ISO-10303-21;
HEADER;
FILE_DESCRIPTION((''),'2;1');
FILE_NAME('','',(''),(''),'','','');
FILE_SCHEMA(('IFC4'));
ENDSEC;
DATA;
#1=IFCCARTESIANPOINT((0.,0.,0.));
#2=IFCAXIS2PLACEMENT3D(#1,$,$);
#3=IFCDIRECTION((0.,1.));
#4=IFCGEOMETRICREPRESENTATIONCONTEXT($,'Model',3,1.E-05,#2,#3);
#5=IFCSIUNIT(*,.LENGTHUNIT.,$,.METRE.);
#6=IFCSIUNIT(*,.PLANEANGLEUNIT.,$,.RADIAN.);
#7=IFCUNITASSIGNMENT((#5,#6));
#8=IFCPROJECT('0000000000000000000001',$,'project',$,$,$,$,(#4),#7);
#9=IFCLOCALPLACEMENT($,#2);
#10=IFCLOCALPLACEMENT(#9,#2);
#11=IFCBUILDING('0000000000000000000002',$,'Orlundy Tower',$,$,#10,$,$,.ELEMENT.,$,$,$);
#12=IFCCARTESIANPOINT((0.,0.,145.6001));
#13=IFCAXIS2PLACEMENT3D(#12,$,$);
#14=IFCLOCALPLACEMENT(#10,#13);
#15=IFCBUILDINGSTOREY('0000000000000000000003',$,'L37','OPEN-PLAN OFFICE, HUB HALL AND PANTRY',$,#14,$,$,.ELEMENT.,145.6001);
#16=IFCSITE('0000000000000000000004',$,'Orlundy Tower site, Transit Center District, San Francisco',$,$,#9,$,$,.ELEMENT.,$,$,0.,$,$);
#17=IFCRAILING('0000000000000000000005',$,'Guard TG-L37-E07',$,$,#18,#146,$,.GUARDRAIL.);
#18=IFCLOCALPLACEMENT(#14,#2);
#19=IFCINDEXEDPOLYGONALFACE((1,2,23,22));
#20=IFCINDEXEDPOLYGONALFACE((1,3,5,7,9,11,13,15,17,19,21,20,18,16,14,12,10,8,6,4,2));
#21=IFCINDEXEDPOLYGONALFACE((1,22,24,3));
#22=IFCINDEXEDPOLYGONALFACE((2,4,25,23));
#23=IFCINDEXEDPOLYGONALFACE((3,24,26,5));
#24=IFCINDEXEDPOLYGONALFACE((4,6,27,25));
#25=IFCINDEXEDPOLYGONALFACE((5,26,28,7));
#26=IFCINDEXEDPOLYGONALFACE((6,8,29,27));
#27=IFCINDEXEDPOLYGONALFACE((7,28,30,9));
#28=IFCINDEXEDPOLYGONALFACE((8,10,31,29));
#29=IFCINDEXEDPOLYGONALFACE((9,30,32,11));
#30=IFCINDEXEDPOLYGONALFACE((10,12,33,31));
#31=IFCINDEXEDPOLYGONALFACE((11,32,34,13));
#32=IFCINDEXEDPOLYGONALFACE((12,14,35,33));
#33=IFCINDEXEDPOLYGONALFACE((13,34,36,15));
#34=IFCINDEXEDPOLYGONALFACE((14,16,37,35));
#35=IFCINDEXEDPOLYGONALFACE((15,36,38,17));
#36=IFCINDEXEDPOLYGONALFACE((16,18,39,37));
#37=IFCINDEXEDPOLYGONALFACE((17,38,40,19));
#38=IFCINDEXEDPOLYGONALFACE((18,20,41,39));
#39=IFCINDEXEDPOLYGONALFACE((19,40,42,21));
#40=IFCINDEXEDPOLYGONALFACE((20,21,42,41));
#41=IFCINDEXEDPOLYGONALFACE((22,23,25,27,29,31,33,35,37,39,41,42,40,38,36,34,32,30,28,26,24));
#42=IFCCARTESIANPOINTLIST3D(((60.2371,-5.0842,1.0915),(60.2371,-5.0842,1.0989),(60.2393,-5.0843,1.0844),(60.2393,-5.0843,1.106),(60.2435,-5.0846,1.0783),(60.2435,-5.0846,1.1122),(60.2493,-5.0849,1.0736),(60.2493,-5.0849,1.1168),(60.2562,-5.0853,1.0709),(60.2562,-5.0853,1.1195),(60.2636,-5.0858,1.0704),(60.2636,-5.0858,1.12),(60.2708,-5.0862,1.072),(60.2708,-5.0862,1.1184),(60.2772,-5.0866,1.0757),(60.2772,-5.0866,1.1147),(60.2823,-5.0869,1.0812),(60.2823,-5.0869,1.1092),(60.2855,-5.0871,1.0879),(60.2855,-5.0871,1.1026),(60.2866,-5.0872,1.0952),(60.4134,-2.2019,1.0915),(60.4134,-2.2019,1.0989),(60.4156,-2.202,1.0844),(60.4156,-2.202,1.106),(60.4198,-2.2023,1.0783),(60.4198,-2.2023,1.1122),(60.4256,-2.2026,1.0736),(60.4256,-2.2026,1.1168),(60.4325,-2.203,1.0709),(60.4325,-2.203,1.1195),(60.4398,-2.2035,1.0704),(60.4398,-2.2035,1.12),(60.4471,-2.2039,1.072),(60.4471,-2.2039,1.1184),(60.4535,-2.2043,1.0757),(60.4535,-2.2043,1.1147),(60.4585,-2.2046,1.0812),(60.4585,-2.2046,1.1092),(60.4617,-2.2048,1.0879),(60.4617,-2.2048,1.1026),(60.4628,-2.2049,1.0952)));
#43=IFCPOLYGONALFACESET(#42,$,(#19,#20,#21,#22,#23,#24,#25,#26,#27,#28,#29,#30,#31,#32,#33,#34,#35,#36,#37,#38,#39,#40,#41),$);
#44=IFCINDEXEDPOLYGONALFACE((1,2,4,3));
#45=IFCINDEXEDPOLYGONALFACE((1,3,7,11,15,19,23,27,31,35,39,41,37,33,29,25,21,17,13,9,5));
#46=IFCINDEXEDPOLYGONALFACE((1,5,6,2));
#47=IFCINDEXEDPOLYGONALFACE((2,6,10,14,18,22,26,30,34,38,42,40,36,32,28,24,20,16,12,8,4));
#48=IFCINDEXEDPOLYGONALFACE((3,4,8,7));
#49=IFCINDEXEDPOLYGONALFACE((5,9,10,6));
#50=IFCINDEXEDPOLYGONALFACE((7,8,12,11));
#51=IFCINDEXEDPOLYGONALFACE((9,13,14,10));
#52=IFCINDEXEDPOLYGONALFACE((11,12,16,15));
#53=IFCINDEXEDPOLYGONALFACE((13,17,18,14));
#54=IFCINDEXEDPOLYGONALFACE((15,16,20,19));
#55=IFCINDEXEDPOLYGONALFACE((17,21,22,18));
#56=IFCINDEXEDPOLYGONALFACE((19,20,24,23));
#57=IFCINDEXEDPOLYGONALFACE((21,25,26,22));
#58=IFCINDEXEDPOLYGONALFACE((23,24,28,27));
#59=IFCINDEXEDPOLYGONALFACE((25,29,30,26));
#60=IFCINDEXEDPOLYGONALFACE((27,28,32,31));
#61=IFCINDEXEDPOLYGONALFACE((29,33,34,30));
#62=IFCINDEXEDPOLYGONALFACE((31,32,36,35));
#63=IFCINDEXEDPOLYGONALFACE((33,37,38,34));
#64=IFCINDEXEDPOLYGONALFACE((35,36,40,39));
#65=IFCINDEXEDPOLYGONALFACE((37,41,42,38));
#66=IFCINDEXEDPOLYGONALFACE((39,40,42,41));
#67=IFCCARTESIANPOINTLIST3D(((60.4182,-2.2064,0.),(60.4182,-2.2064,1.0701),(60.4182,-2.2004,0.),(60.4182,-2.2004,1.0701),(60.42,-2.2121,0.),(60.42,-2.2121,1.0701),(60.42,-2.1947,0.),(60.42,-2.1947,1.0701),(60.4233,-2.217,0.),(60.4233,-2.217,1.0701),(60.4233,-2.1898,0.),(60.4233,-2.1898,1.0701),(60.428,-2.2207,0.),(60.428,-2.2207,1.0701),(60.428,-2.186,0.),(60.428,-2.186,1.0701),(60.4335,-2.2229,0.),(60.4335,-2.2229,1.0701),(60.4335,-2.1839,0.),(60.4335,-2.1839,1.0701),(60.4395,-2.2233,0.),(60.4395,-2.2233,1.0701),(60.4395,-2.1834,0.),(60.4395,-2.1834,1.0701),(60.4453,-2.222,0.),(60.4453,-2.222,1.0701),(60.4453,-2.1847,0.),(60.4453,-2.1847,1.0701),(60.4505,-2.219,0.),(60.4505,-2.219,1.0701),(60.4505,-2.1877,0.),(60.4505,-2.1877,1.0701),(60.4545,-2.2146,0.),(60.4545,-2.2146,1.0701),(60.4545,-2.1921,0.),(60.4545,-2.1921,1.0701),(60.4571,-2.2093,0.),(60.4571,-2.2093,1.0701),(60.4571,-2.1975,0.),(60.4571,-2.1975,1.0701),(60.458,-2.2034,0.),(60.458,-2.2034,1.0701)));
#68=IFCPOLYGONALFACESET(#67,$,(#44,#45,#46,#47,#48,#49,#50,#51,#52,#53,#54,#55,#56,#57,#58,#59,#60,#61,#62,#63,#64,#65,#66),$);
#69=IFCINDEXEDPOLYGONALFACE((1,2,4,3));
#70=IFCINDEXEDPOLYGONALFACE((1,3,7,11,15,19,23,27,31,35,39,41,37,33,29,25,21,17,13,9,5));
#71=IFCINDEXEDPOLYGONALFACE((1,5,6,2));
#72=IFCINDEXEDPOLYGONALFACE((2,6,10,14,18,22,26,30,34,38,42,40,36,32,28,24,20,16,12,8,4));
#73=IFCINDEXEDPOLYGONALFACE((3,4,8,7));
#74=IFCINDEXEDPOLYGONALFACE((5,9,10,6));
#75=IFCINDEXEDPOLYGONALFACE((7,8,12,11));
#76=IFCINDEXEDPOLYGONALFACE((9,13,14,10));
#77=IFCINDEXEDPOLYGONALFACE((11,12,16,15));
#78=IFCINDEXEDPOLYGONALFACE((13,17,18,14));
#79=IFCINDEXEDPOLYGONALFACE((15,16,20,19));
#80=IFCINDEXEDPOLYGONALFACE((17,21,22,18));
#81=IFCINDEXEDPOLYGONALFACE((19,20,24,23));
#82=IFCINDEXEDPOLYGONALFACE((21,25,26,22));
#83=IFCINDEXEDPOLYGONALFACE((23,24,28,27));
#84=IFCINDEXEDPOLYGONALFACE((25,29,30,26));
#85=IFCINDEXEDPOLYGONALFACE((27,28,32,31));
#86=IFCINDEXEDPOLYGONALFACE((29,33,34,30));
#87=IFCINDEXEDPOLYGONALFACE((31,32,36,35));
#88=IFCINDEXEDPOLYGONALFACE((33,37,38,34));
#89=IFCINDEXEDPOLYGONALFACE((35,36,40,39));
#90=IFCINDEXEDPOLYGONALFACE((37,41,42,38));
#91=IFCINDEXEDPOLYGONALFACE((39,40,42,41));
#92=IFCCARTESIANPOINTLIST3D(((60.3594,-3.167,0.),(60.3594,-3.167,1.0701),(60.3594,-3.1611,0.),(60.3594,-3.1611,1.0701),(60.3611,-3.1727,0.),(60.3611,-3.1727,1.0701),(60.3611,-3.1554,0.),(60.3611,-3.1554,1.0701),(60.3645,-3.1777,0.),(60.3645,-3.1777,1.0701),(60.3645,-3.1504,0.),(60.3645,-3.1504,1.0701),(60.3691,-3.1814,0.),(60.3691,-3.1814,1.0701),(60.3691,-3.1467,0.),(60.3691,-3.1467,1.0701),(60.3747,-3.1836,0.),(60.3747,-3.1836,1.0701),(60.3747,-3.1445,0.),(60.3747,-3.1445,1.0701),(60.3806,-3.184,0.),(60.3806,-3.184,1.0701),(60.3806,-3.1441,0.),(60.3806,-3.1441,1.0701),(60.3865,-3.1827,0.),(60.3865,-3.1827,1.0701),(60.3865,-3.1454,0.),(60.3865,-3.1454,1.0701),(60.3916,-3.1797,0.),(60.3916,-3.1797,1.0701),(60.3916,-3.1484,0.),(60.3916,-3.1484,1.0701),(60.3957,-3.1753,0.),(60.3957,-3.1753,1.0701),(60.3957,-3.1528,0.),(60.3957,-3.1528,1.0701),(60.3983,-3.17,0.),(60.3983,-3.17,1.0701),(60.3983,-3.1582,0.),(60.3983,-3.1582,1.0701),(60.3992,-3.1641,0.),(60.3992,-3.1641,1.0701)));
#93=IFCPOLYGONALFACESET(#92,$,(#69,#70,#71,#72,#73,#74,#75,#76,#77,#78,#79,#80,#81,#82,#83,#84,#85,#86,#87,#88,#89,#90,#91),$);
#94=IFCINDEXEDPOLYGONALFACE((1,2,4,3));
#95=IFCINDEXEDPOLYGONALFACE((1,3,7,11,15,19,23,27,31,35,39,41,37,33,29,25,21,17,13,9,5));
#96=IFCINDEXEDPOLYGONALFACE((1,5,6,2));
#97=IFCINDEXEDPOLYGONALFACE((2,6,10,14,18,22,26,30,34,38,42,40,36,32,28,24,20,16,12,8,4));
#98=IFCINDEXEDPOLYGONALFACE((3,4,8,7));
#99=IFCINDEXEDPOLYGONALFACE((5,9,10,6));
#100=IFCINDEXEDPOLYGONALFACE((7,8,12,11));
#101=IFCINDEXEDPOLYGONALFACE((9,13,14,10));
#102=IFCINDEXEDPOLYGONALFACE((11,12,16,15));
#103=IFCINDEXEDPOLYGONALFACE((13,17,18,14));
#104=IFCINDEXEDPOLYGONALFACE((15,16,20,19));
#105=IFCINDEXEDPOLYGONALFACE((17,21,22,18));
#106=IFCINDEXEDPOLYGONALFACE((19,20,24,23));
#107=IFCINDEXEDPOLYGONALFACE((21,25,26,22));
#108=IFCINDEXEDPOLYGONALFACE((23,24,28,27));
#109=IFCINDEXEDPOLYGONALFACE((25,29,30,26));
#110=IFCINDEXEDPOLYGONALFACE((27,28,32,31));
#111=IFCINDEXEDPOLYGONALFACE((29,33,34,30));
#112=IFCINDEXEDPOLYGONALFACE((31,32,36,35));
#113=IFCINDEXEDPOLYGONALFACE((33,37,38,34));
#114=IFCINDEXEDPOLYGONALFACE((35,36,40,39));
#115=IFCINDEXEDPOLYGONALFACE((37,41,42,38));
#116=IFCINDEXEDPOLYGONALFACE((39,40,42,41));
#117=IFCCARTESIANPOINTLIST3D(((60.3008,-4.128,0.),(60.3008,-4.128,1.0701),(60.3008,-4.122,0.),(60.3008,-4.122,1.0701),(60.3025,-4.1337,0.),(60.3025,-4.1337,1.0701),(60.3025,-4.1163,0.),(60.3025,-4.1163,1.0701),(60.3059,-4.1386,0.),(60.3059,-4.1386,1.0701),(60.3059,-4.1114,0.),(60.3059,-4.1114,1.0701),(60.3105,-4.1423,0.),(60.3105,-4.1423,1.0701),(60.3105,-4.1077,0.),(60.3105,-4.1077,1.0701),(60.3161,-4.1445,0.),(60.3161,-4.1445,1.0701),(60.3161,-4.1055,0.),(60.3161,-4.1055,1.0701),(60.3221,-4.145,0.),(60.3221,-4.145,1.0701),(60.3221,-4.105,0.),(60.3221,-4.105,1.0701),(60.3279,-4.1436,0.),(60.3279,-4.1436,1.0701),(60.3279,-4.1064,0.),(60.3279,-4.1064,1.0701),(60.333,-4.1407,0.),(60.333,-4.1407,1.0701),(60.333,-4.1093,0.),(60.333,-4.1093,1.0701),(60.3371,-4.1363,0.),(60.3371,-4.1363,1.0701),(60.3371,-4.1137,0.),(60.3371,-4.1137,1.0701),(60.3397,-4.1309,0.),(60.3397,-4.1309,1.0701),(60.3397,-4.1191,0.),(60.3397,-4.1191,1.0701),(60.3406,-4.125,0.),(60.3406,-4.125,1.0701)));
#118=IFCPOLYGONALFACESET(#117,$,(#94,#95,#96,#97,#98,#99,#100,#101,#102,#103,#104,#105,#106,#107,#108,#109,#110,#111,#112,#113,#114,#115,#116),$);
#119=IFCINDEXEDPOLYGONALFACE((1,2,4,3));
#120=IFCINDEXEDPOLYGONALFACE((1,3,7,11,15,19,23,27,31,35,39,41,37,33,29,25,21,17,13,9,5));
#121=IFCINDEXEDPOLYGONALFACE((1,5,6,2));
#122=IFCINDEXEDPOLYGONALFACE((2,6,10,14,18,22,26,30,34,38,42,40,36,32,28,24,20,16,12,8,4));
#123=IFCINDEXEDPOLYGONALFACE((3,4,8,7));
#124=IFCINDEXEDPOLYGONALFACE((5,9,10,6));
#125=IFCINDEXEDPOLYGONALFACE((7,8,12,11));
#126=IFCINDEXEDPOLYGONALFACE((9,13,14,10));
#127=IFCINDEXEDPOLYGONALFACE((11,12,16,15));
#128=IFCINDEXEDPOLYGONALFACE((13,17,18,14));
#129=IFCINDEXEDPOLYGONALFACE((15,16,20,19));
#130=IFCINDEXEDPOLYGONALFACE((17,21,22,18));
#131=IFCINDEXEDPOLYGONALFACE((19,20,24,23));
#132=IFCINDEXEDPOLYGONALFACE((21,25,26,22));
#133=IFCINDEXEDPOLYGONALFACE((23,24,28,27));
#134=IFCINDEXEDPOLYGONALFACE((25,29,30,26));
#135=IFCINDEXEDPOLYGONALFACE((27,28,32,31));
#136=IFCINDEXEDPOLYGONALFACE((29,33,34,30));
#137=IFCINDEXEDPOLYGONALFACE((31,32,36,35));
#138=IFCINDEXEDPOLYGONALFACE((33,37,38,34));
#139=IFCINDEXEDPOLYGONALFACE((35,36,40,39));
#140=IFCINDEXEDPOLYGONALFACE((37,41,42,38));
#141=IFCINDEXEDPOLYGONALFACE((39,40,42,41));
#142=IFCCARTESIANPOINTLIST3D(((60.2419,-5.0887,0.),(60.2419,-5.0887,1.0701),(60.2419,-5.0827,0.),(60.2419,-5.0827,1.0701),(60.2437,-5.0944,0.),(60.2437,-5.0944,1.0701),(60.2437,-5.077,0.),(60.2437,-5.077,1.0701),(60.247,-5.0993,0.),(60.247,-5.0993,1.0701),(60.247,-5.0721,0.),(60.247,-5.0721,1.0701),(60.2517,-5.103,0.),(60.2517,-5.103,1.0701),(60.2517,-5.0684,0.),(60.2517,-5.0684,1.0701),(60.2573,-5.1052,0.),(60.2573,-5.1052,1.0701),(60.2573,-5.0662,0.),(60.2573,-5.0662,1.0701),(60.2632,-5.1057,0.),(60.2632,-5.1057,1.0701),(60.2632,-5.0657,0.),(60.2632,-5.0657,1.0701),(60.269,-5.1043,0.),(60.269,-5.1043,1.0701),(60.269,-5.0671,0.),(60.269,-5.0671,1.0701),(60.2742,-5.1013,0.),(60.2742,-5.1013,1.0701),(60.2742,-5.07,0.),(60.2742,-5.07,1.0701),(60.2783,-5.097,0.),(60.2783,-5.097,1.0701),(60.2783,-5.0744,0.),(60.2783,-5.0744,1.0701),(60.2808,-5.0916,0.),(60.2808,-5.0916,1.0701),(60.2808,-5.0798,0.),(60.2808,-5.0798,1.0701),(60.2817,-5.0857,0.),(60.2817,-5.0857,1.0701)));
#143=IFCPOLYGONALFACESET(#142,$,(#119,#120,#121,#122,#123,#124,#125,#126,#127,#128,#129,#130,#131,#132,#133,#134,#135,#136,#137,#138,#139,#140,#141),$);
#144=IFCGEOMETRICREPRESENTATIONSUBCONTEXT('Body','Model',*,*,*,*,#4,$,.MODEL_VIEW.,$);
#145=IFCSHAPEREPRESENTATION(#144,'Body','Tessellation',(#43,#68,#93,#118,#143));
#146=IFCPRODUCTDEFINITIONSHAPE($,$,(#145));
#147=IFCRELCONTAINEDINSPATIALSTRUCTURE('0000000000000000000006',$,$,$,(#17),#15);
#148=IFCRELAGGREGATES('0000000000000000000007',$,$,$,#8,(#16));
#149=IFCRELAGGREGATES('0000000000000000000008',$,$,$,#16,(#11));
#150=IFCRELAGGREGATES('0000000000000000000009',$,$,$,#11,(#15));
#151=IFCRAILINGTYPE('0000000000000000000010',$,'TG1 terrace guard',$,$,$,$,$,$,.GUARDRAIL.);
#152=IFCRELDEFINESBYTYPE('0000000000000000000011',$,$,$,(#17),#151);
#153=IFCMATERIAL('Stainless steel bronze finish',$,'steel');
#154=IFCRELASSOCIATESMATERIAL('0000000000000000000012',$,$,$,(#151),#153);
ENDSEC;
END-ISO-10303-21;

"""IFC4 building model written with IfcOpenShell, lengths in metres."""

from ifc_helpers import new_model, si_unit, direction, frame, origin, origin_2d, place, context, subcontext, project, spatial, circle, extrude, material, type_object, element, save


model = new_model("IFC4")

# Units and contexts
model_context = context("Model", 3, precision=1e-05, world=origin(), true_north=direction((0.0, 1.0)))
body_context = subcontext(model_context, "Body", "Model", "MODEL_VIEW")
ifc_project = project(units=[si_unit("LENGTHUNIT", "METRE"), si_unit("PLANEANGLEUNIT", "RADIAN")], contexts=[model_context])

# Site, building, storey
site_placement = place(None, origin())
site = spatial("IfcSite", under=ifc_project, at=site_placement, Name="Orlundy Tower site, Transit Center District, San Francisco", CompositionType="ELEMENT", RefElevation=0.0)
building_placement = place(site_placement, origin())
building = spatial("IfcBuilding", under=site, at=building_placement, Name="Orlundy Tower", CompositionType="ELEMENT")
storey_placement = place(building_placement, frame((0.0, 0.0, 145.6001)))
storey = spatial("IfcBuildingStorey", under=building, at=storey_placement, Name="L37", Description="OPEN-PLAN OFFICE, HUB HALL AND PANTRY", CompositionType="ELEMENT", Elevation=145.6001)

# Railing
ifc_material_1 = material(Name="Stainless steel bronze finish", Category="steel")
railing_type = type_object("IfcRailingType", Name="TG1 terrace guard", PredefinedType="GUARDRAIL", material=ifc_material_1)
railing_1_placement = place(storey_placement, frame((60.438, -2.2034, 0.0)))
element("IfcRailing", 1, at=railing_1_placement, inside=storey, type_object=railing_type, Name="Guard TG-L37-E07", PredefinedType="GUARDRAIL", context=body_context, shape_type="SweptSolid", body=[
    extrude(circle(Radius=0.0249, at=origin_2d()), frame((0.0, 0.0, 1.0952), z_axis=(-0.061041, -0.998135, 0.0), x_axis=(0.998135, -0.061041, 0.0)), (0.0, 0.0, 1.0), 2.8877),
    extrude(circle(Radius=0.02, at=origin_2d()), origin(), (0.0, 0.0, 1.0), 1.0701),
    extrude(circle(Radius=0.02, at=origin_2d()), frame((-0.0588, -0.9607, 0.0)), (0.0, 0.0, 1.0), 1.0701),
    extrude(circle(Radius=0.02, at=origin_2d()), frame((-0.1174, -1.9216, 0.0)), (0.0, 0.0, 1.0), 1.0701),
    extrude(circle(Radius=0.02, at=origin_2d()), frame((-0.1763, -2.8823, 0.0)), (0.0, 0.0, 1.0), 1.0701),
])

save(model, "model.ifc")
